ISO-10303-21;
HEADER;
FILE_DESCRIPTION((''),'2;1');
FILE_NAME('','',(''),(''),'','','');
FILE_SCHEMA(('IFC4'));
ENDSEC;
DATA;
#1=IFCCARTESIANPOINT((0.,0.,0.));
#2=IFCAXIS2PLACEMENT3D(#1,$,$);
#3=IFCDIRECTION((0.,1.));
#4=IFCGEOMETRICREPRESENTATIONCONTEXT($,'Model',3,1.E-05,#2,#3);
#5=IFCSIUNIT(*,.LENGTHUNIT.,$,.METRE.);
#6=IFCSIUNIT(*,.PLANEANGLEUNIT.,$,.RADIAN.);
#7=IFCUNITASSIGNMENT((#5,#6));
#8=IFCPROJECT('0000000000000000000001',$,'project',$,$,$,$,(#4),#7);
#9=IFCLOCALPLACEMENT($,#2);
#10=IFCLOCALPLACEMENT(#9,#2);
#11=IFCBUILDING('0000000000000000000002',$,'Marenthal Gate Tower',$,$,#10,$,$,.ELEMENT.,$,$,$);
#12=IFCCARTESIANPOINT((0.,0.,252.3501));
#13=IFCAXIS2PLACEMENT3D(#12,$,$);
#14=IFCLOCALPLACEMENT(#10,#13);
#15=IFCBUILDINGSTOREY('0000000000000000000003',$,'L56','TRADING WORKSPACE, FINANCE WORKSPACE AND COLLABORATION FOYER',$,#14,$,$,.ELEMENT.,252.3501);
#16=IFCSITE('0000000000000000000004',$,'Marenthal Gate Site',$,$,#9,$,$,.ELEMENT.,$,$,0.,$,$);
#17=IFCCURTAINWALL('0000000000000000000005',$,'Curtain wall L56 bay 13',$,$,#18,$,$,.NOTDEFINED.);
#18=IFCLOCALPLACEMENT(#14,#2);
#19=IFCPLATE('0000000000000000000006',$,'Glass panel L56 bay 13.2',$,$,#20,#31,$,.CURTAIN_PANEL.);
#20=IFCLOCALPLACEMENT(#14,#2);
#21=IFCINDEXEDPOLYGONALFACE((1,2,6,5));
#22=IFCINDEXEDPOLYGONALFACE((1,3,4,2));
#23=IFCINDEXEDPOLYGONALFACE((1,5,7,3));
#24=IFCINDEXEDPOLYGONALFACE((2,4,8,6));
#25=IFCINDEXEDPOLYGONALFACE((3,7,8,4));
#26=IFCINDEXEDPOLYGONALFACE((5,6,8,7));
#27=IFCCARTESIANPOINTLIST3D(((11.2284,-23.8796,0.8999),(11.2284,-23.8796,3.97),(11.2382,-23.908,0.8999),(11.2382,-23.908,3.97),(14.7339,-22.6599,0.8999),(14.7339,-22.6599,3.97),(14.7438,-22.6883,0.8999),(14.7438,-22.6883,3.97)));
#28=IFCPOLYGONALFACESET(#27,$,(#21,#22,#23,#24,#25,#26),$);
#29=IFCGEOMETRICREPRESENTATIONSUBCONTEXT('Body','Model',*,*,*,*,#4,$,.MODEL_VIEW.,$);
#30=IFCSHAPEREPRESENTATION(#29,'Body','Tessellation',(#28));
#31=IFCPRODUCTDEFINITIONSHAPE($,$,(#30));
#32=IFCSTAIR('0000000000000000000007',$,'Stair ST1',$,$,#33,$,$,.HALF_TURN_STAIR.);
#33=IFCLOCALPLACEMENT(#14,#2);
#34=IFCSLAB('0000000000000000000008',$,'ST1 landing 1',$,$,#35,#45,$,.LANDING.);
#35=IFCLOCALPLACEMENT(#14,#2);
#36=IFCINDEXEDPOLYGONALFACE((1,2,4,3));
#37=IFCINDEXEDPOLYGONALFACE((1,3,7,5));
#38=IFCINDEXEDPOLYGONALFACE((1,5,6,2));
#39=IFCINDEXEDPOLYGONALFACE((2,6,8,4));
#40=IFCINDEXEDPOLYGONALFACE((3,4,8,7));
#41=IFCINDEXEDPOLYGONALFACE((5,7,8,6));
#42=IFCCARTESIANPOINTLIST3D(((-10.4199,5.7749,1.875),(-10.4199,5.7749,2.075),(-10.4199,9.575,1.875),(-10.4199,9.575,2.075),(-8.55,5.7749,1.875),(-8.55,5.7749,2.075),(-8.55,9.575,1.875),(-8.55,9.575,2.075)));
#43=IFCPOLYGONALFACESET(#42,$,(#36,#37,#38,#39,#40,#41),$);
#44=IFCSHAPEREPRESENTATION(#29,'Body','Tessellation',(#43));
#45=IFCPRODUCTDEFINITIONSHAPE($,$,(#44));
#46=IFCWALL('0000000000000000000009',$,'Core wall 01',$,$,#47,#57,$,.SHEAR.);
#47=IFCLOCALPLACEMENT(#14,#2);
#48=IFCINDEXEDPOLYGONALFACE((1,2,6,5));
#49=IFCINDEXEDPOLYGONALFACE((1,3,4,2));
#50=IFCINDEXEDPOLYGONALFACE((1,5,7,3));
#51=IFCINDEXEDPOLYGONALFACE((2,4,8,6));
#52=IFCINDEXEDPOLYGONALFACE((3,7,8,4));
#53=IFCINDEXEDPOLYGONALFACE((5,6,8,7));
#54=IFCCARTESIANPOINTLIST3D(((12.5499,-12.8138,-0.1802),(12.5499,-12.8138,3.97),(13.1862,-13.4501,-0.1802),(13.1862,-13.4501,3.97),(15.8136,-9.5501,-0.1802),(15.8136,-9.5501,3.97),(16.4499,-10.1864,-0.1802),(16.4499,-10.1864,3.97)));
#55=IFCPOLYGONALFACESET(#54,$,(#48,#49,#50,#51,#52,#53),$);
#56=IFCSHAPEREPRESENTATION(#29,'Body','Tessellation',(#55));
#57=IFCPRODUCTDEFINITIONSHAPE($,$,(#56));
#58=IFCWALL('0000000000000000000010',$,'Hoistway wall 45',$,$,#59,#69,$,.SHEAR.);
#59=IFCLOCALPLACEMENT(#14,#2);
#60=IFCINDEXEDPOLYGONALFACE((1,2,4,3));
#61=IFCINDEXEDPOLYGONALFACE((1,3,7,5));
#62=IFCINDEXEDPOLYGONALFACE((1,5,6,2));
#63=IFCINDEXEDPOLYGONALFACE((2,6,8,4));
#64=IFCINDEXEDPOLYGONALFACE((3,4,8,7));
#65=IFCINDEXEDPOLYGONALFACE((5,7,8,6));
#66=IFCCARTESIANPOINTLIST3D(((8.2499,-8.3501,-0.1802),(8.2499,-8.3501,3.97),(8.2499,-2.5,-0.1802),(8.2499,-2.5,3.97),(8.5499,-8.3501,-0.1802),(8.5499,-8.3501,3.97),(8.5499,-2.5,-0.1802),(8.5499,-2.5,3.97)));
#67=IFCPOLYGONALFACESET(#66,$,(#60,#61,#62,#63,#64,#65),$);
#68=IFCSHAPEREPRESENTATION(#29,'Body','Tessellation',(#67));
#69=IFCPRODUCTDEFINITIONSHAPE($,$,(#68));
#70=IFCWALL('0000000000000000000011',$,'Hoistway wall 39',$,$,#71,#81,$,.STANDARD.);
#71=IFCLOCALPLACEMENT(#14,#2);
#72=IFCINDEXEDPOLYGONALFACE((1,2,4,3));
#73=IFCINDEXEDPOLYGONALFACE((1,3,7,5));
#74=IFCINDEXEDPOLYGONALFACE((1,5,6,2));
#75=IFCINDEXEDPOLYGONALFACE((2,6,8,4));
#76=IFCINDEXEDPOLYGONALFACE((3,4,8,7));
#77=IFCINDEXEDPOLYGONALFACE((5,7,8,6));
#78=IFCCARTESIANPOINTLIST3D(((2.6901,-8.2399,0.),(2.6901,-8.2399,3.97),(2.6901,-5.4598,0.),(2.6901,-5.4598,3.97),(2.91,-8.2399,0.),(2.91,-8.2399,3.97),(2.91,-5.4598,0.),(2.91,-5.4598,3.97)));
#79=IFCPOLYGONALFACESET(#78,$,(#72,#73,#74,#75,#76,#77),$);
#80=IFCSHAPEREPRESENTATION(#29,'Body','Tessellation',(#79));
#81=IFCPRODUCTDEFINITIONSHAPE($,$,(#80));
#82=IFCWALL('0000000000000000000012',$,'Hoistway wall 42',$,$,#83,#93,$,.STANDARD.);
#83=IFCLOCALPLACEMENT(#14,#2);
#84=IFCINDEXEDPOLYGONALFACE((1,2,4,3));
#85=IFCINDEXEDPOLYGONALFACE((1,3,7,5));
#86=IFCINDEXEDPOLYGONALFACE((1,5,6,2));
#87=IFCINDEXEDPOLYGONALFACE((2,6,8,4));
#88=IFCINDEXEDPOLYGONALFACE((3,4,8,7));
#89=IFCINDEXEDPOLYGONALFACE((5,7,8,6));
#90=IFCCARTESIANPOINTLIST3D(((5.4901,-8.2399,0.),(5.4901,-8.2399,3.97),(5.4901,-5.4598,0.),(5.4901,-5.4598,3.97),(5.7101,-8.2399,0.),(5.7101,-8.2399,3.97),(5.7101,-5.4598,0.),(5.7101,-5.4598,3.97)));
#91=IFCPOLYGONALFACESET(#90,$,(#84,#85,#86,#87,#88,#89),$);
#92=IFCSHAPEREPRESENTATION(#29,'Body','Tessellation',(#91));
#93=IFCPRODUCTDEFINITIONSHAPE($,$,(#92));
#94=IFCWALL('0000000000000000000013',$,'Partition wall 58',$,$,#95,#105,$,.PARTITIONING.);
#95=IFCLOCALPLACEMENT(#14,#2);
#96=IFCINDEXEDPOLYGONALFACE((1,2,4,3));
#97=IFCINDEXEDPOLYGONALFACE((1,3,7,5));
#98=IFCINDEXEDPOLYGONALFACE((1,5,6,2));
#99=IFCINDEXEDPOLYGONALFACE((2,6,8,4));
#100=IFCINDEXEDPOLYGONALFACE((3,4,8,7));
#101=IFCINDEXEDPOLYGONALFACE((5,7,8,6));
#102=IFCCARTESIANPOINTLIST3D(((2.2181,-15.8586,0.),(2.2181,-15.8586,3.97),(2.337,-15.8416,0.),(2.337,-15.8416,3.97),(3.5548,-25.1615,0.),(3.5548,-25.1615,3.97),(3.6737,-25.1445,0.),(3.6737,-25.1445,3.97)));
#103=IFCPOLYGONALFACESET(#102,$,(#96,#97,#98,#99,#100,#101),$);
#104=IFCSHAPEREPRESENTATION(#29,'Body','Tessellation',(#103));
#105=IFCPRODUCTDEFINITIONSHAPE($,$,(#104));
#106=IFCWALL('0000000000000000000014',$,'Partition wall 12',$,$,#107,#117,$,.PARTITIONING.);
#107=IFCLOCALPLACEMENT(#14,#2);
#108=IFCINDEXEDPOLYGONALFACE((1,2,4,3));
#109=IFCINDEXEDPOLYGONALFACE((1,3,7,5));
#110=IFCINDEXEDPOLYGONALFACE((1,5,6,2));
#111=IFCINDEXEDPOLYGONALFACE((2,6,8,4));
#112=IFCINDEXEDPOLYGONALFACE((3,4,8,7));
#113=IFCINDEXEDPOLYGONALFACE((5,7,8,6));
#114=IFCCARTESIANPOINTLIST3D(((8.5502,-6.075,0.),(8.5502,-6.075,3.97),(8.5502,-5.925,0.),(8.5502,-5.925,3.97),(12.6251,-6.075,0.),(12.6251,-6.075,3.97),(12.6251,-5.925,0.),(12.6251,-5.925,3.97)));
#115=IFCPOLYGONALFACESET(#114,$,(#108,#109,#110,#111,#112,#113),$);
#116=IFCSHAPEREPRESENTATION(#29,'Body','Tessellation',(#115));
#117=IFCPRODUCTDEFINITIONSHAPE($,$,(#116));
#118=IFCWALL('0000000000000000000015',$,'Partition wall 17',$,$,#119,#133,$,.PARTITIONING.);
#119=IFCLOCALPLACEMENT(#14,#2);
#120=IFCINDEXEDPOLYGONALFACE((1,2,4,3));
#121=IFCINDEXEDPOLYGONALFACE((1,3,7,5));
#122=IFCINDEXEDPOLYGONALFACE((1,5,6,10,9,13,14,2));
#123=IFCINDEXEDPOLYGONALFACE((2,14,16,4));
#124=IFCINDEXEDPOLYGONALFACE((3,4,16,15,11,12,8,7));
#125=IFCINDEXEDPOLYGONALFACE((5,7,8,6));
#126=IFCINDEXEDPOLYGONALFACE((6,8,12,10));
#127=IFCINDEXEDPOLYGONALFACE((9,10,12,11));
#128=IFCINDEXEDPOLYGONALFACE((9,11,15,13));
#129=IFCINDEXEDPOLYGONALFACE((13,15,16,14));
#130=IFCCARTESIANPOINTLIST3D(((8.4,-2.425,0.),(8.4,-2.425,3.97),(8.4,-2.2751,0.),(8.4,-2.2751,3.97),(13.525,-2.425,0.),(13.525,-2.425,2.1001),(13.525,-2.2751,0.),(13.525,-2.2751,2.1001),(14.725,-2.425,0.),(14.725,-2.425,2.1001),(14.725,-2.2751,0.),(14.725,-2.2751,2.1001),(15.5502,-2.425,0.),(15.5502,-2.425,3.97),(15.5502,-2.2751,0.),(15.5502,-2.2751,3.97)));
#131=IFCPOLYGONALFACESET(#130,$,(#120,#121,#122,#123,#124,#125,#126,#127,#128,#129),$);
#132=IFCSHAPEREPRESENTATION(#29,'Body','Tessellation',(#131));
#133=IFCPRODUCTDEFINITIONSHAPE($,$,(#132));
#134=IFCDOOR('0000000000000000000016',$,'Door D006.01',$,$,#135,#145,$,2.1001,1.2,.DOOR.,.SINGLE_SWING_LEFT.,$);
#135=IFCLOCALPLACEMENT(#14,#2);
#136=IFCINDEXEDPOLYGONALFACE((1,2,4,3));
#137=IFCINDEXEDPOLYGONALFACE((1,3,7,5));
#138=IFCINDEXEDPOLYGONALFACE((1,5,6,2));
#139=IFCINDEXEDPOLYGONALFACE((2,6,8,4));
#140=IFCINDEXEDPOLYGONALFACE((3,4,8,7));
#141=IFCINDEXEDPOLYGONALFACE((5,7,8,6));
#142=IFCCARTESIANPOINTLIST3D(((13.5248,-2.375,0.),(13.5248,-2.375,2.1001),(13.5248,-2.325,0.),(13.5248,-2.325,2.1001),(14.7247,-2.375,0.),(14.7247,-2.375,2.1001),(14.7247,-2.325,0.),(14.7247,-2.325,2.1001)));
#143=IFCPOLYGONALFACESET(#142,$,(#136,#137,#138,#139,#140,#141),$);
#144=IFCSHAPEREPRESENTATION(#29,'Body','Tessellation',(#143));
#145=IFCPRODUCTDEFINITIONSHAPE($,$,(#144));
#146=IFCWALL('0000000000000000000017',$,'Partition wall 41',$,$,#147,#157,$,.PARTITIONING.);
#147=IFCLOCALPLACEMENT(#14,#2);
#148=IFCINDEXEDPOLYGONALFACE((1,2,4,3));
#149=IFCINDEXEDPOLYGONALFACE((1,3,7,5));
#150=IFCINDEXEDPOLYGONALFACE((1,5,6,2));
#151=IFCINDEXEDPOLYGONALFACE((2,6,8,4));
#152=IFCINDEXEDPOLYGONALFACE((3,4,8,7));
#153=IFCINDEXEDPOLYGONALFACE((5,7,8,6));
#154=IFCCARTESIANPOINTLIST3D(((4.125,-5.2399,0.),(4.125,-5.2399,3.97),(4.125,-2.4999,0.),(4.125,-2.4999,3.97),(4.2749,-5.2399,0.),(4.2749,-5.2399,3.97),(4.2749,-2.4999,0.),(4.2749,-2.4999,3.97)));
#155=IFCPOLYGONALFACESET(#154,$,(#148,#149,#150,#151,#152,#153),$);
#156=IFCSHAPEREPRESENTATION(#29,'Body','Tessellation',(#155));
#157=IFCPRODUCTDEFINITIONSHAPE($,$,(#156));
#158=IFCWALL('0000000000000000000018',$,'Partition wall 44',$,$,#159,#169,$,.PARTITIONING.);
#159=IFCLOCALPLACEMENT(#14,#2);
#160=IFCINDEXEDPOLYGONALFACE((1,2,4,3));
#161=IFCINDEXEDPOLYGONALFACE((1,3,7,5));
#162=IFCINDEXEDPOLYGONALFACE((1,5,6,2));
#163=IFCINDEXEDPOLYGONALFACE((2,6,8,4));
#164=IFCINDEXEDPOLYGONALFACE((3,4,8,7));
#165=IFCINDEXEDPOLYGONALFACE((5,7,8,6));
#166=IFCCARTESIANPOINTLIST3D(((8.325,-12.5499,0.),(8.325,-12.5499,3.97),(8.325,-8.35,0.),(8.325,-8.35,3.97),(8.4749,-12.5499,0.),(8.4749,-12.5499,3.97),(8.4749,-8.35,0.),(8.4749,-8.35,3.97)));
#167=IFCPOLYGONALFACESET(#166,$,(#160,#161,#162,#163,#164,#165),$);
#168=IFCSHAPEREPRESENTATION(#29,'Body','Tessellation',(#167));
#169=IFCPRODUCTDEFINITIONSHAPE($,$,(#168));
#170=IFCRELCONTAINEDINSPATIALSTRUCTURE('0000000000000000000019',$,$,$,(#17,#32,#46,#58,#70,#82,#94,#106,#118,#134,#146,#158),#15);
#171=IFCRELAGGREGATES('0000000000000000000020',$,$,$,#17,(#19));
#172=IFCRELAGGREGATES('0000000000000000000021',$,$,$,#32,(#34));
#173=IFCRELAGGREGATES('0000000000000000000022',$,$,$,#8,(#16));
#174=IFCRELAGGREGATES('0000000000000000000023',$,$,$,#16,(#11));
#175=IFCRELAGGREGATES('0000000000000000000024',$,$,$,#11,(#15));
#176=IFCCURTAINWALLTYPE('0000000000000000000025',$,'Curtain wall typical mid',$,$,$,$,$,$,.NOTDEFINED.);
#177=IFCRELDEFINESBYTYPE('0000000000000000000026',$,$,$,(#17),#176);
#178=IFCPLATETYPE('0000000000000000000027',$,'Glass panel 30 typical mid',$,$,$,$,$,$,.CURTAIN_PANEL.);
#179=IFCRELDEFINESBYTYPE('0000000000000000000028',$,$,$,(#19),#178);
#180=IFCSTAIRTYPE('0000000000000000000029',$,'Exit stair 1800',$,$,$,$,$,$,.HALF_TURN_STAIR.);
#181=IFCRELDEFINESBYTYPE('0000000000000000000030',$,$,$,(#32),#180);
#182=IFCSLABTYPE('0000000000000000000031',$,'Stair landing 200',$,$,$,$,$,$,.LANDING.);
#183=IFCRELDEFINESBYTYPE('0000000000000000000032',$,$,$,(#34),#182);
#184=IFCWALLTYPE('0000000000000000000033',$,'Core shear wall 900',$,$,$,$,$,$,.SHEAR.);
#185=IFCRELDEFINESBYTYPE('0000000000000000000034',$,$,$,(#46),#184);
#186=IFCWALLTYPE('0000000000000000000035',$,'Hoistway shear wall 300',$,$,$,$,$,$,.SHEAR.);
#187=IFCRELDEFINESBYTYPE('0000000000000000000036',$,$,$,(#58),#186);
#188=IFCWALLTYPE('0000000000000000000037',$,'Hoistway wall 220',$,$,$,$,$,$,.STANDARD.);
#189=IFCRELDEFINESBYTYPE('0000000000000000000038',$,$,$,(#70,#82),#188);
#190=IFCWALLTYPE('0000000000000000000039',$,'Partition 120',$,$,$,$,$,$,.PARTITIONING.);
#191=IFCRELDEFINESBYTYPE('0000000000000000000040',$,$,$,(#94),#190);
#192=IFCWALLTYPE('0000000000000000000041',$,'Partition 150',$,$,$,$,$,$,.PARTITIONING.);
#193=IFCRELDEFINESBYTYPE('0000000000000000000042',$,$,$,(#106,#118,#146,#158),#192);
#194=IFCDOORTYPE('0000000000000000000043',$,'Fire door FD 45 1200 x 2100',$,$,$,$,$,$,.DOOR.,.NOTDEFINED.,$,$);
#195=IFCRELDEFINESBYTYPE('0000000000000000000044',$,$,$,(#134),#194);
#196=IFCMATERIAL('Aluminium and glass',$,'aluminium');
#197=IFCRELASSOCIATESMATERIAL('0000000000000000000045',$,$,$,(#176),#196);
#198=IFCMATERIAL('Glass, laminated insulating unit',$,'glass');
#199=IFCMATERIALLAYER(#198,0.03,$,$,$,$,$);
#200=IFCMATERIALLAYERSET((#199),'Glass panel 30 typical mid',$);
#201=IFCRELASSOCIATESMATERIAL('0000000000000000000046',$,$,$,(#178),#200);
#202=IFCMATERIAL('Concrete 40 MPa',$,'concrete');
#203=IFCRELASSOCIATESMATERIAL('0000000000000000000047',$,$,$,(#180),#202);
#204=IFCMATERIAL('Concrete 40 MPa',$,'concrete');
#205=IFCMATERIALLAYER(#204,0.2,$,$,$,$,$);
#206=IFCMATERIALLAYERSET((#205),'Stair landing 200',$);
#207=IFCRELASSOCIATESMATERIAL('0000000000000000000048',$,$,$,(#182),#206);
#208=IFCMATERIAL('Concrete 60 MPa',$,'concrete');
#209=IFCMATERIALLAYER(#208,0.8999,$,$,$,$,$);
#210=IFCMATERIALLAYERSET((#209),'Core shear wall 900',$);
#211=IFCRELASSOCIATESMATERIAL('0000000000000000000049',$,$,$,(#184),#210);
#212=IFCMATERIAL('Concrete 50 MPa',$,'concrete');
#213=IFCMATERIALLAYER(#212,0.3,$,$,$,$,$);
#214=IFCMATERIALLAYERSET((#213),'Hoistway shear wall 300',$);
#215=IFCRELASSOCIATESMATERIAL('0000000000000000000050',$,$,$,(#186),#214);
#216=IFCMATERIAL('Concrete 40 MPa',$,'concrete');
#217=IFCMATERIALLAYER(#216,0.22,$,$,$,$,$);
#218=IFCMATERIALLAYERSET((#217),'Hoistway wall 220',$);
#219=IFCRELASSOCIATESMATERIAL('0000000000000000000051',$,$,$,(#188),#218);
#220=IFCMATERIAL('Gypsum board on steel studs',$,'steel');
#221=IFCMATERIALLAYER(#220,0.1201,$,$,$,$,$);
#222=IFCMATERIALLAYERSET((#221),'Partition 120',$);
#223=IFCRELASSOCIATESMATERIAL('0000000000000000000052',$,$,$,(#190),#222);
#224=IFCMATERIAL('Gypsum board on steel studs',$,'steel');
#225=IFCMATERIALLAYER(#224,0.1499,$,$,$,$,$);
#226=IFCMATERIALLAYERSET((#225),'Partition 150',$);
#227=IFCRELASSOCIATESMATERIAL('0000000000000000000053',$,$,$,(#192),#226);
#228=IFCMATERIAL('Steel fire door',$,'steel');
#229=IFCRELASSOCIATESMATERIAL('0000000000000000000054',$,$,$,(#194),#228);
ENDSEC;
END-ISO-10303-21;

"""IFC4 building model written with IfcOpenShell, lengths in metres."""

from ifc_helpers import new_model, si_unit, direction, frame, frame_2d, origin, origin_2d, place, context, subcontext, project, spatial, polyline, rectangle, outline, extrude, material, layer, layer_set, type_object, element, fill, aggregate, save


model = new_model("IFC4")

# Units and contexts
model_context = context("Model", 3, precision=1e-05, world=origin(), true_north=direction((0.0, 1.0)))
body_context = subcontext(model_context, "Body", "Model", "MODEL_VIEW")
ifc_project = project(units=[si_unit("LENGTHUNIT", "METRE"), si_unit("PLANEANGLEUNIT", "RADIAN")], contexts=[model_context])

# Site, building, storey
site_placement = place(None, origin())
site = spatial("IfcSite", under=ifc_project, at=site_placement, Name="Marenthal Gate Site", CompositionType="ELEMENT", RefElevation=0.0)
building_placement = place(site_placement, origin())
building = spatial("IfcBuilding", under=site, at=building_placement, Name="Marenthal Gate Tower", CompositionType="ELEMENT")
storey_placement = place(building_placement, frame((0.0, 0.0, 252.3501)))
storey = spatial("IfcBuildingStorey", under=building, at=storey_placement, Name="L56", Description="TRADING WORKSPACE, FINANCE WORKSPACE AND COLLABORATION FOYER", CompositionType="ELEMENT", Elevation=252.3501)

# Curtain wall
ifc_material_1 = material(Name="Aluminium and glass", Category="aluminium")
curtain_wall_type = type_object("IfcCurtainWallType", Name="Curtain wall typical mid", PredefinedType="NOTDEFINED", material=ifc_material_1)
curtain_wall_placement = place(storey_placement, origin())
curtain_wall = element("IfcCurtainWall", 1, at=curtain_wall_placement, inside=storey, type_object=curtain_wall_type, Name="Curtain wall L56 bay 13", PredefinedType="NOTDEFINED")

# Plate
ifc_material_2 = material(Name="Glass, laminated insulating unit", Category="glass")
ifc_layer_1 = layer(ifc_material_2, 0.03)
ifc_layer_set_1 = layer_set([ifc_layer_1], Name="Glass panel 30 typical mid")
plate_type = type_object("IfcPlateType", Name="Glass panel 30 typical mid", PredefinedType="CURTAIN_PANEL", material=ifc_layer_set_1)
plate_1_placement = place(storey_placement, frame((12.9861, -23.2839, 0.8999), z_axis=(0.0, 0.0, 1.0), x_axis=(0.944465, 0.328612, 0.0)))
plate_1 = element("IfcPlate", 2, at=plate_1_placement, type_object=plate_type, Name="Glass panel L56 bay 13.2", PredefinedType="CURTAIN_PANEL", context=body_context, shape_type="SweptSolid", body=[
    extrude(rectangle(XDim=3.7117, YDim=0.03, at=origin_2d()), origin(), (0.0, 0.0, 1.0), 3.0701),
])
aggregate(curtain_wall, [plate_1])

# Stair, slab
ifc_material_3 = material(Name="Concrete 40 MPa", Category="concrete")
stair_type = type_object("IfcStairType", Name="Exit stair 1800", PredefinedType="HALF_TURN_STAIR", material=ifc_material_3)
stair_placement = place(storey_placement, origin())
stair = element("IfcStair", 3, at=stair_placement, inside=storey, type_object=stair_type, Name="Stair ST1", PredefinedType="HALF_TURN_STAIR")
ifc_material_4 = material(Name="Concrete 40 MPa", Category="concrete")
ifc_layer_2 = layer(ifc_material_4, 0.2)
ifc_layer_set_2 = layer_set([ifc_layer_2], Name="Stair landing 200")
slab_type_1 = type_object("IfcSlabType", Name="Stair landing 200", PredefinedType="LANDING", material=ifc_layer_set_2)
slab_1_placement = place(storey_placement, frame((0.0, 0.0, 1.875)))
slab_1 = element("IfcSlab", 4, at=slab_1_placement, type_object=slab_type_1, Name="ST1 landing 1", PredefinedType="LANDING", context=body_context, shape_type="SweptSolid", body=[
    extrude(outline(polyline([(-10.4199, 5.7749), (-8.55, 5.7749), (-8.55, 9.575), (-10.4199, 9.575), (-10.4199, 5.7749)])), origin(), (0.0, 0.0, 1.0), 0.2),
])
aggregate(stair, [slab_1])

# Walls
ifc_material_5 = material(Name="Concrete 60 MPa", Category="concrete")
ifc_layer_3 = layer(ifc_material_5, 0.8999)
ifc_layer_set_3 = layer_set([ifc_layer_3], Name="Core shear wall 900")
wall_type_1 = type_object("IfcWallType", Name="Core shear wall 900", PredefinedType="SHEAR", material=ifc_layer_set_3)
wall_1_placement = place(storey_placement, frame((12.8682, -13.1318, -0.1802), z_axis=(0.0, 0.0, 1.0), x_axis=(0.707107, 0.707107, 0.0)))
element("IfcWall", 5, at=wall_1_placement, inside=storey, type_object=wall_type_1, Name="Core wall 01", PredefinedType="SHEAR", context=body_context, shape_type="SweptSolid", body=[
    extrude(rectangle(XDim=4.6155, YDim=0.8999, at=frame_2d((2.3076, 0.0))), origin(), (0.0, 0.0, 1.0), 4.1501),
])
ifc_material_6 = material(Name="Concrete 50 MPa", Category="concrete")
ifc_layer_4 = layer(ifc_material_6, 0.3)
ifc_layer_set_4 = layer_set([ifc_layer_4], Name="Hoistway shear wall 300")
wall_type_2 = type_object("IfcWallType", Name="Hoistway shear wall 300", PredefinedType="SHEAR", material=ifc_layer_set_4)
wall_2_placement = place(storey_placement, frame((8.3999, -8.3501, -0.1802), z_axis=(0.0, 0.0, 1.0), x_axis=(0.0, 1.0, 0.0)))
element("IfcWall", 6, at=wall_2_placement, inside=storey, type_object=wall_type_2, Name="Hoistway wall 45", PredefinedType="SHEAR", context=body_context, shape_type="SweptSolid", body=[
    extrude(rectangle(XDim=5.8501, YDim=0.3, at=frame_2d((2.925, 0.0))), origin(), (0.0, 0.0, 1.0), 4.1501),
])
ifc_material_7 = material(Name="Concrete 40 MPa", Category="concrete")
ifc_layer_5 = layer(ifc_material_7, 0.22)
ifc_layer_set_5 = layer_set([ifc_layer_5], Name="Hoistway wall 220")
wall_type_3 = type_object("IfcWallType", Name="Hoistway wall 220", PredefinedType="STANDARD", material=ifc_layer_set_5)
for number, where, z_axis, x_axis, name in (
    (7, (2.8, -8.24, 0.0), (0.0, 0.0, 1.0), (0.0, 1.0, 0.0), "Hoistway wall 39"),
    (8, (5.6001, -8.24, 0.0), (0.0, 0.0, 1.0), (0.0, 1.0, 0.0), "Hoistway wall 42"),
):
    element("IfcWall", number, at=place(storey_placement, frame(where, z_axis=z_axis, x_axis=x_axis)), inside=storey, type_object=wall_type_3, Name=name, PredefinedType="STANDARD", context=body_context, shape_type="SweptSolid", body=[
        extrude(rectangle(XDim=2.78, YDim=0.22, at=frame_2d((1.3901, 0.0))), origin(), (0.0, 0.0, 1.0), 3.97),
    ])
ifc_material_8 = material(Name="Gypsum board on steel studs", Category="steel")
ifc_layer_6 = layer(ifc_material_8, 0.1201)
ifc_layer_set_6 = layer_set([ifc_layer_6], Name="Partition 120")
wall_type_4 = type_object("IfcWallType", Name="Partition 120", PredefinedType="PARTITIONING", material=ifc_layer_set_6)
wall_3_placement = place(storey_placement, frame((2.2776, -15.8501, 0.0), z_axis=(0.0, 0.0, 1.0), x_axis=(0.142221, -0.989835, 0.0)))
element("IfcWall", 9, at=wall_3_placement, inside=storey, type_object=wall_type_4, Name="Partition wall 58", PredefinedType="PARTITIONING", context=body_context, shape_type="SweptSolid", body=[
    extrude(rectangle(XDim=9.3984, YDim=0.1201, at=frame_2d((4.6992, 0.0))), origin(), (0.0, 0.0, 1.0), 3.97),
])
ifc_material_9 = material(Name="Gypsum board on steel studs", Category="steel")
ifc_layer_7 = layer(ifc_material_9, 0.1499)
ifc_layer_set_7 = layer_set([ifc_layer_7], Name="Partition 150")
wall_type_5 = type_object("IfcWallType", Name="Partition 150", PredefinedType="PARTITIONING", material=ifc_layer_set_7)
wall_4_placement = place(storey_placement, frame((8.55, -6.0, 0.0), z_axis=(0.0, 0.0, 1.0), x_axis=(1.0, 0.0, 0.0)))
element("IfcWall", 10, at=wall_4_placement, inside=storey, type_object=wall_type_5, Name="Partition wall 12", PredefinedType="PARTITIONING", context=body_context, shape_type="SweptSolid", body=[
    extrude(rectangle(XDim=4.075, YDim=0.1499, at=frame_2d((2.0376, 0.0))), origin(), (0.0, 0.0, 1.0), 3.97),
])

# Wall, opening, door
wall_5_placement = place(storey_placement, frame((8.3999, -2.3501, 0.0), z_axis=(0.0, 0.0, 1.0), x_axis=(1.0, 0.0, 0.0)))
wall_5 = element("IfcWall", 11, at=wall_5_placement, inside=storey, type_object=wall_type_5, Name="Partition wall 17", PredefinedType="PARTITIONING", context=body_context, shape_type="SweptSolid", body=[
    extrude(rectangle(XDim=7.1501, YDim=0.1499, at=frame_2d((3.5752, 0.0))), origin(), (0.0, 0.0, 1.0), 3.97),
])
opening_1_placement = place(wall_5_placement, frame((5.125, 0.0, 0.0)))
opening_1 = element("IfcOpeningElement", 12, at=opening_1_placement, cuts=wall_5, PredefinedType="OPENING", context=body_context, shape_type="SweptSolid", body=[
    extrude(rectangle(XDim=1.2, YDim=2.1001, at=frame_2d((0.6001, 1.05))), frame((0.0, 0.085, 0.0), z_axis=(0.0, -1.0, 0.0), x_axis=(1.0, 0.0, 0.0)), (0.0, 0.0, 1.0), 0.1699),
])
ifc_material_10 = material(Name="Steel fire door", Category="steel")
door_type_1 = type_object("IfcDoorType", Name="Fire door FD 45 1200 x 2100", OperationType="NOTDEFINED", PredefinedType="DOOR", material=ifc_material_10)
door_1_placement = place(opening_1_placement, frame((1.2, 0.0, 0.0), z_axis=(0.0, 0.0, 1.0), x_axis=(-1.0, 0.0, 0.0)))
door_1 = element("IfcDoor", 13, at=door_1_placement, inside=storey, type_object=door_type_1, Name="Door D006.01", OperationType="SINGLE_SWING_LEFT", OverallHeight=2.1001, OverallWidth=1.2, PredefinedType="DOOR", context=body_context, shape_type="SweptSolid", body=[
    extrude(rectangle(XDim=1.2, YDim=2.1001, at=frame_2d((0.6001, 1.05))), frame((0.0, 0.0249, 0.0), z_axis=(0.0, -1.0, 0.0), x_axis=(1.0, 0.0, 0.0)), (0.0, 0.0, 1.0), 0.05),
])
fill(opening_1, door_1)

# Walls
wall_6_placement = place(storey_placement, frame((4.2, -5.24, 0.0), z_axis=(0.0, 0.0, 1.0), x_axis=(0.0, 1.0, 0.0)))
element("IfcWall", 14, at=wall_6_placement, inside=storey, type_object=wall_type_5, Name="Partition wall 41", PredefinedType="PARTITIONING", context=body_context, shape_type="SweptSolid", body=[
    extrude(rectangle(XDim=2.74, YDim=0.1499, at=frame_2d((1.3701, 0.0))), origin(), (0.0, 0.0, 1.0), 3.97),
])
wall_7_placement = place(storey_placement, frame((8.3999, -12.55, 0.0), z_axis=(0.0, 0.0, 1.0), x_axis=(0.0, 1.0, 0.0)))
element("IfcWall", 15, at=wall_7_placement, inside=storey, type_object=wall_type_5, Name="Partition wall 44", PredefinedType="PARTITIONING", context=body_context, shape_type="SweptSolid", body=[
    extrude(rectangle(XDim=4.2, YDim=0.1499, at=frame_2d((2.1001, 0.0))), origin(), (0.0, 0.0, 1.0), 3.97),
])

save(model, "model.ifc")
